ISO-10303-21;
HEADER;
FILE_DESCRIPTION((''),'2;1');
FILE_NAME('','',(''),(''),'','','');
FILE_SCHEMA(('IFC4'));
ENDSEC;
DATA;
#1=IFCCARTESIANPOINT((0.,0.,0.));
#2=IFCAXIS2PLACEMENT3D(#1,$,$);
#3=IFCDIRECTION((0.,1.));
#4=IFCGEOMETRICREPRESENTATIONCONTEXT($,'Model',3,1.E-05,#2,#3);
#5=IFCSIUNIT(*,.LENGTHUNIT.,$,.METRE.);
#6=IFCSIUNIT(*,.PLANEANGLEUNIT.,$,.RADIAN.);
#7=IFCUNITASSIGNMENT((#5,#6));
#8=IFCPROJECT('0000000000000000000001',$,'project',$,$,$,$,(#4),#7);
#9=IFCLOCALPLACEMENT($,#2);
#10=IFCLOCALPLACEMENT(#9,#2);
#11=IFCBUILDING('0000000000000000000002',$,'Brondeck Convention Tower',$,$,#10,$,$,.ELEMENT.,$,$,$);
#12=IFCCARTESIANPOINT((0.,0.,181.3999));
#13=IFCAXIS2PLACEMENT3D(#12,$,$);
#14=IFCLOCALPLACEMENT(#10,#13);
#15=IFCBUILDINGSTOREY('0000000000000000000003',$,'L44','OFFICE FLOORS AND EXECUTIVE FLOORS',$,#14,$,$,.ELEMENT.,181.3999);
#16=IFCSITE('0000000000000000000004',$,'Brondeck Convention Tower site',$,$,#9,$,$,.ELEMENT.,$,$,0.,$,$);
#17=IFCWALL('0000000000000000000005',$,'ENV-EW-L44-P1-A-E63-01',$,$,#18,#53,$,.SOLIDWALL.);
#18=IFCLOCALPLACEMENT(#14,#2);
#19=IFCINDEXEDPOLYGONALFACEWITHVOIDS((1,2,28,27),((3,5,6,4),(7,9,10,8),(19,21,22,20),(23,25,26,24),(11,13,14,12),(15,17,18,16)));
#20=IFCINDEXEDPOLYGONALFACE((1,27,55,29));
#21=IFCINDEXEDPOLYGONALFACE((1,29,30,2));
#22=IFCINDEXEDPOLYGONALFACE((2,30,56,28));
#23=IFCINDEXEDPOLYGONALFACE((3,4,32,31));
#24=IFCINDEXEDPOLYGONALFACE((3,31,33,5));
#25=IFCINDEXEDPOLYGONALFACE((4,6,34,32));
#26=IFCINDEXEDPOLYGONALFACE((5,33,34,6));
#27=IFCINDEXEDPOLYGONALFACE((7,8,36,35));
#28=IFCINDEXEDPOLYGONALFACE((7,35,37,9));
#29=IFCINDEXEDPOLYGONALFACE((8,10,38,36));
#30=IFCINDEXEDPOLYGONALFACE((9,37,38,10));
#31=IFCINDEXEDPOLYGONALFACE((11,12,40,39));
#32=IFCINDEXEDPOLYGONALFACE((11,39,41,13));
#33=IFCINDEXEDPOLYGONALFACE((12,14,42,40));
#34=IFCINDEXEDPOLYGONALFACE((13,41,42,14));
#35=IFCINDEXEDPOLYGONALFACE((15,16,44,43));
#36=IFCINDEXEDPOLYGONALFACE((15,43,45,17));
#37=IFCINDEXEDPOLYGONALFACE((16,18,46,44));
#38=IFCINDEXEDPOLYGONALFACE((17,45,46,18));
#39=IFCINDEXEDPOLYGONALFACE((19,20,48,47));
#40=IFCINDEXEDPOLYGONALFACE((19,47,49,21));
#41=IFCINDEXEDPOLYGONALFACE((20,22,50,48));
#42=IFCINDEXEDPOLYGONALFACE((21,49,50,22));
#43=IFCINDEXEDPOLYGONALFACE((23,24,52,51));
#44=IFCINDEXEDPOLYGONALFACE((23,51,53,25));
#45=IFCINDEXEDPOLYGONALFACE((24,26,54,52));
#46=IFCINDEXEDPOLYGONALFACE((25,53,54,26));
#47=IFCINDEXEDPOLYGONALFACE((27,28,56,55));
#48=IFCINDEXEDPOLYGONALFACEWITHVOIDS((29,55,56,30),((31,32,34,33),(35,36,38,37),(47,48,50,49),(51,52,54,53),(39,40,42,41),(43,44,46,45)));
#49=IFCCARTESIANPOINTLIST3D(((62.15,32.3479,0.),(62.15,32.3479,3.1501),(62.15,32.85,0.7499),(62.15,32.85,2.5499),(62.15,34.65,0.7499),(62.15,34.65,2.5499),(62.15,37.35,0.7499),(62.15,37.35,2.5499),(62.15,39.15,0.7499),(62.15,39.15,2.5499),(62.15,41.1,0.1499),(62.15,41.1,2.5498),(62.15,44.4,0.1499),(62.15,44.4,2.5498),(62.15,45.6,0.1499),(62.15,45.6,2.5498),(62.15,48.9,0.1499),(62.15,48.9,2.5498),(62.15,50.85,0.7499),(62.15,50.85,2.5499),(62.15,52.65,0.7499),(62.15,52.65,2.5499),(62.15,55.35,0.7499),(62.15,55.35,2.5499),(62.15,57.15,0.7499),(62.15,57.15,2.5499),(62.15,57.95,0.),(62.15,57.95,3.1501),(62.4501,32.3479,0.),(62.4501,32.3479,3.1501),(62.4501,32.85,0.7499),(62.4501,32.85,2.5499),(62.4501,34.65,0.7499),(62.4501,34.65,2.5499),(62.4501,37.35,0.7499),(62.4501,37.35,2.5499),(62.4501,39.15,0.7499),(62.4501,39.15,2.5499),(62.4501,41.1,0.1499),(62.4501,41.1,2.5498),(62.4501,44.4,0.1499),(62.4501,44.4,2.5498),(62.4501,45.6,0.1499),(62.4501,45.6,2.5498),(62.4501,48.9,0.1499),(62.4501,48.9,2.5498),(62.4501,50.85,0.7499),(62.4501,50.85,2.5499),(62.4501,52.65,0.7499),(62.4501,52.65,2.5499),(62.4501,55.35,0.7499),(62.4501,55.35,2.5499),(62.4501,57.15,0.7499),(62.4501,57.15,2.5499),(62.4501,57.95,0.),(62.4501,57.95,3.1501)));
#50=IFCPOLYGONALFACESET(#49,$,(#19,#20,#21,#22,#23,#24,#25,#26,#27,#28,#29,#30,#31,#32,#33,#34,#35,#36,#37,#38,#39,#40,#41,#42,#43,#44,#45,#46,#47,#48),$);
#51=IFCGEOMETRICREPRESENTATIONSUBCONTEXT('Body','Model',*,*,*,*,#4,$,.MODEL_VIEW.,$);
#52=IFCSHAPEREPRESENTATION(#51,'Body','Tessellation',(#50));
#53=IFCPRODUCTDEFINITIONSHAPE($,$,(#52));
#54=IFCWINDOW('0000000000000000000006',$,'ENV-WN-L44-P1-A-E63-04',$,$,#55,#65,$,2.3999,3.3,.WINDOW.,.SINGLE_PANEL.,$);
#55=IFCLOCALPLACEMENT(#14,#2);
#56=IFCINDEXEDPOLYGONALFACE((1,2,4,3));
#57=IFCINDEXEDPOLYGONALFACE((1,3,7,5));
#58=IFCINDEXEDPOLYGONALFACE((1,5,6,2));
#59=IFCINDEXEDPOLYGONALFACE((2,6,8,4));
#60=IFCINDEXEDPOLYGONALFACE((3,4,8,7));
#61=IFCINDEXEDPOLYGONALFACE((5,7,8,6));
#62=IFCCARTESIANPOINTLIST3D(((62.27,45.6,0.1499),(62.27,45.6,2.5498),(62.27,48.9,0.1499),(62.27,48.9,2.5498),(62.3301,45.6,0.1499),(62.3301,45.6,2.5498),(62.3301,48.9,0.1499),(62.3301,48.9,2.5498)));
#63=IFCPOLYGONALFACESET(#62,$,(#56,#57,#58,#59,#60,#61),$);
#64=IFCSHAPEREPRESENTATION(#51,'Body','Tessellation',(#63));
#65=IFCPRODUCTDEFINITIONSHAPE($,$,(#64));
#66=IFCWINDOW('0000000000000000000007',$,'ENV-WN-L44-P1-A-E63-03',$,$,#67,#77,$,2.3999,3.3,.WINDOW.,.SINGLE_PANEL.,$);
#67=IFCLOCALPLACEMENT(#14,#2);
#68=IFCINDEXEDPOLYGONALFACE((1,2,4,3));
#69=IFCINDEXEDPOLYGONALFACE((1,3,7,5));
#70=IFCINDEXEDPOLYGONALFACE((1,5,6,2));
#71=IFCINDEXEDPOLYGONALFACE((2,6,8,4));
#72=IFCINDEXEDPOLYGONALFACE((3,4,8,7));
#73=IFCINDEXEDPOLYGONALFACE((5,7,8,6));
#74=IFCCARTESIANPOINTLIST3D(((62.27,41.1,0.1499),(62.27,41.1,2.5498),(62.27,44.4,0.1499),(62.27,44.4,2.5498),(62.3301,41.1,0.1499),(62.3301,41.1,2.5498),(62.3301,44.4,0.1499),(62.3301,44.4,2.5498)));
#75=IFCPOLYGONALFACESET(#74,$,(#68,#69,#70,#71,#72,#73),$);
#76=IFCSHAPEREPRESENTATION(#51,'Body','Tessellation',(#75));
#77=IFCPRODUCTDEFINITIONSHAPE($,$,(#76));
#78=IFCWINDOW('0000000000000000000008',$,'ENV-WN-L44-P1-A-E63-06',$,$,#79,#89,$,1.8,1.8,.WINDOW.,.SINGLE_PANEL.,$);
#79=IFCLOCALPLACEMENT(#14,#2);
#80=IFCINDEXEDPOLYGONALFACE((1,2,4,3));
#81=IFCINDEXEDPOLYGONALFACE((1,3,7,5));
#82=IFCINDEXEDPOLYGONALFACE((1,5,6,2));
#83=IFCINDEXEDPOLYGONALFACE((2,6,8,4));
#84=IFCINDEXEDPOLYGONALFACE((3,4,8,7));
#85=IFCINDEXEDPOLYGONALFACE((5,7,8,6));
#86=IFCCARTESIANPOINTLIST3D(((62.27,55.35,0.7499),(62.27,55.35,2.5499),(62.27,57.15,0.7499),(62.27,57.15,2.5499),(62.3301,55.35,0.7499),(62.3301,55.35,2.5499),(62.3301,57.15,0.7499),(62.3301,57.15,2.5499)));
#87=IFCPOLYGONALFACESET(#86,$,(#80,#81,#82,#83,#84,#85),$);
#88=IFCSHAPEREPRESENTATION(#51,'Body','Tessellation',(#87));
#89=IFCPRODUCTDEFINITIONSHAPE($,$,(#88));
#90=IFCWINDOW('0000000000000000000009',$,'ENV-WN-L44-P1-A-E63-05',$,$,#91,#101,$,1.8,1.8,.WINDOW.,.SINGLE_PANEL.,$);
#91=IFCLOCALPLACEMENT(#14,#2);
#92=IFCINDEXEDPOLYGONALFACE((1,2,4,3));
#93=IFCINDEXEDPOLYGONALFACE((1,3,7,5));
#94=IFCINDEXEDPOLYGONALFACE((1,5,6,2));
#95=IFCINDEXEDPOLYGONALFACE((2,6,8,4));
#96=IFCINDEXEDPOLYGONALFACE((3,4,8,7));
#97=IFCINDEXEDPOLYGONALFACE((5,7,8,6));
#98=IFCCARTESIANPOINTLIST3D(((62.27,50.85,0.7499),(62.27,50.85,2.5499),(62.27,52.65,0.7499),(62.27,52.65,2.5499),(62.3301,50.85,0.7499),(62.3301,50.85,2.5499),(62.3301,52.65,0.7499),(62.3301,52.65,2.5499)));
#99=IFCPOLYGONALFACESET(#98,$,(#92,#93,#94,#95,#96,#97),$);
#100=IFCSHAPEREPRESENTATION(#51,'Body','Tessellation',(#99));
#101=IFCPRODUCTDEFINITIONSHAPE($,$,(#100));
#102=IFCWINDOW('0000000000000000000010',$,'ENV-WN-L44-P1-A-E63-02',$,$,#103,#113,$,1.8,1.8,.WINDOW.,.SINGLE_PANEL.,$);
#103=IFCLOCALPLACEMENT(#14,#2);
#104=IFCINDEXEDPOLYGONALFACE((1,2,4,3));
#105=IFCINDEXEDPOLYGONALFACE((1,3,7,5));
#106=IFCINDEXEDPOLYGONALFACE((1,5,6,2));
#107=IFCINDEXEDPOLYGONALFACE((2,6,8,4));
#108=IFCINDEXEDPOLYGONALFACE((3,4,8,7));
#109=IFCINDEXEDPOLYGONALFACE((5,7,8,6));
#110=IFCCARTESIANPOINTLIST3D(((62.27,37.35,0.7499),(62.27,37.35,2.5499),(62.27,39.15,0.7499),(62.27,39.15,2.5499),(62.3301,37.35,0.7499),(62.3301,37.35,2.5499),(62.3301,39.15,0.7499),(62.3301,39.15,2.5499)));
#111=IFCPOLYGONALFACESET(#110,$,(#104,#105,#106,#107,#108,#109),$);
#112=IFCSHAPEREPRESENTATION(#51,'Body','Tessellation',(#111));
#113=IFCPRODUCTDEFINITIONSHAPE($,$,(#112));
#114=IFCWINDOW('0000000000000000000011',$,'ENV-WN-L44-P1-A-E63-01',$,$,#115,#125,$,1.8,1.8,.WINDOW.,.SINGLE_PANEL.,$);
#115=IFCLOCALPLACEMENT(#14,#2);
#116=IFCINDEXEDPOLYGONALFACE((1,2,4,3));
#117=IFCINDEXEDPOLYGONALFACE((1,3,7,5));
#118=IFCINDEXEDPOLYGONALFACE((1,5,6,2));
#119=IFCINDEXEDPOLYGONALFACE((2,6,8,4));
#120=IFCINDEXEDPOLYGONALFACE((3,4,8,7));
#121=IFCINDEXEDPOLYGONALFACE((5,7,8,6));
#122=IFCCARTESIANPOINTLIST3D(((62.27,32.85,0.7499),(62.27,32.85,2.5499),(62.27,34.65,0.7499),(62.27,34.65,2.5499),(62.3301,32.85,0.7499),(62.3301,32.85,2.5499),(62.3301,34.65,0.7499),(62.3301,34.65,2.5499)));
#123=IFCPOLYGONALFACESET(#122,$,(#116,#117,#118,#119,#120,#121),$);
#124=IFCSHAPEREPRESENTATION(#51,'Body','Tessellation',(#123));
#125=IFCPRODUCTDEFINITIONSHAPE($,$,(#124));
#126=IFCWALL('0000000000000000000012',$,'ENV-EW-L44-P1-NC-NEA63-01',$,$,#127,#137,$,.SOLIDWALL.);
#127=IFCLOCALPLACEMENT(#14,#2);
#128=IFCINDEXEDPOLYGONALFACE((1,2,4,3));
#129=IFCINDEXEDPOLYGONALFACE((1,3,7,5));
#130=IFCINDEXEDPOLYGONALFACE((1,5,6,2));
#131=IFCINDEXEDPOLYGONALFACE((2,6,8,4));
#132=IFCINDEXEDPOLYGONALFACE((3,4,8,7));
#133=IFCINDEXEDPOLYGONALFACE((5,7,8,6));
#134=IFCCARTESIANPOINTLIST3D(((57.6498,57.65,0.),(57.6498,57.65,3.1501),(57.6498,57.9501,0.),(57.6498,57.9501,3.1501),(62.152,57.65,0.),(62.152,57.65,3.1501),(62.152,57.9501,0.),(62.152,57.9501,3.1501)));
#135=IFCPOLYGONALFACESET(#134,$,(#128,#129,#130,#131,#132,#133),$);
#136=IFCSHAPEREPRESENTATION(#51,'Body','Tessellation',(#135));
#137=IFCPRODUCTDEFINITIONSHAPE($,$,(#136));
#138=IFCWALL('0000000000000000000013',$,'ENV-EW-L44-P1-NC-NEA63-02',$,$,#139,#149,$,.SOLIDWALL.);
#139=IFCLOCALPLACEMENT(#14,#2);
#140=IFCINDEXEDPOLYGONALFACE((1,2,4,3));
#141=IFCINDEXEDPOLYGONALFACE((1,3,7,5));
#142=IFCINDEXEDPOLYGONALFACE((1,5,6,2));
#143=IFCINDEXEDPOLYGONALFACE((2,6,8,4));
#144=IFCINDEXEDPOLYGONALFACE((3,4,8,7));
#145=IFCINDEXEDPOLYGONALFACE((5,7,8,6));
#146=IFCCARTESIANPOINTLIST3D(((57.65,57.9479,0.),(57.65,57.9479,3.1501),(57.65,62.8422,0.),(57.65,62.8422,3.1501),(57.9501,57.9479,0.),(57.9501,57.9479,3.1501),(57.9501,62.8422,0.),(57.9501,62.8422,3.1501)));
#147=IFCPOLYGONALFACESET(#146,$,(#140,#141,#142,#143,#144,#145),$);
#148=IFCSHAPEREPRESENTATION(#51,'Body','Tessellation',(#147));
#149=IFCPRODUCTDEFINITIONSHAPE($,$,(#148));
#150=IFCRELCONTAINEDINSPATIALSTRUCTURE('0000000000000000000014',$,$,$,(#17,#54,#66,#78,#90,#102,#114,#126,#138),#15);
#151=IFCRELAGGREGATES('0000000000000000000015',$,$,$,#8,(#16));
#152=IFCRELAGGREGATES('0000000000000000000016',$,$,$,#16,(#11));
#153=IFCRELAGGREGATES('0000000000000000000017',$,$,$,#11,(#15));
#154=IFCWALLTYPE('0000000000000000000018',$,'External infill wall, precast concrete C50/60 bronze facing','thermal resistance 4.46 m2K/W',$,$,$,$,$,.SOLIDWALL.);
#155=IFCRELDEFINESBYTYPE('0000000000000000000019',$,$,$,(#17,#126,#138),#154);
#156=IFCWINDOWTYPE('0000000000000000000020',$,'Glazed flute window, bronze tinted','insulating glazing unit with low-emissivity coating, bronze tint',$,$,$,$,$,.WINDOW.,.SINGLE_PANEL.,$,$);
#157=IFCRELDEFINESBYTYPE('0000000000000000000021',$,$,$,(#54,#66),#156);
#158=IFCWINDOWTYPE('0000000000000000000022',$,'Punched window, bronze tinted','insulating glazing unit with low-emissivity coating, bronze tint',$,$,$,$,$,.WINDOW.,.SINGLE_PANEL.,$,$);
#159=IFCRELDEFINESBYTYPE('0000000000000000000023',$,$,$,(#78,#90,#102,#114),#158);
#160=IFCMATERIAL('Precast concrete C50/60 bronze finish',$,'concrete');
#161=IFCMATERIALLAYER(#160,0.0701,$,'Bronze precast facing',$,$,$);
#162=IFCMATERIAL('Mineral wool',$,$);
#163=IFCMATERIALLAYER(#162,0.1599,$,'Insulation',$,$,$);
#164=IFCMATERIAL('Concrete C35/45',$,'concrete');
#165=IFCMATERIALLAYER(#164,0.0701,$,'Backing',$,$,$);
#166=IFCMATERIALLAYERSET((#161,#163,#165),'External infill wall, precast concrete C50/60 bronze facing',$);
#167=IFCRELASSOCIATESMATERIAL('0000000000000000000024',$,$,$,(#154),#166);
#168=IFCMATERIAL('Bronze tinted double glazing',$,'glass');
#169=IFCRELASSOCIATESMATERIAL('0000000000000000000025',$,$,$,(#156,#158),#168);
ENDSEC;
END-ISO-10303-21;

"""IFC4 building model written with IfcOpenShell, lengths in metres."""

from ifc_helpers import new_model, si_unit, direction, frame, frame_2d, origin, place, context, subcontext, project, spatial, rectangle, extrude, material, layer, layer_set, type_object, element, fill, save


model = new_model("IFC4")

# Units and contexts
model_context = context("Model", 3, precision=1e-05, world=origin(), true_north=direction((0.0, 1.0)))
body_context = subcontext(model_context, "Body", "Model", "MODEL_VIEW")
ifc_project = project(units=[si_unit("LENGTHUNIT", "METRE"), si_unit("PLANEANGLEUNIT", "RADIAN")], contexts=[model_context])

# Site, building, storey
site_placement = place(None, origin())
site = spatial("IfcSite", under=ifc_project, at=site_placement, Name="Brondeck Convention Tower site", CompositionType="ELEMENT", RefElevation=0.0)
building_placement = place(site_placement, origin())
building = spatial("IfcBuilding", under=site, at=building_placement, Name="Brondeck Convention Tower", CompositionType="ELEMENT")
storey_placement = place(building_placement, frame((0.0, 0.0, 181.3999)))
storey = spatial("IfcBuildingStorey", under=building, at=storey_placement, Name="L44", Description="OFFICE FLOORS AND EXECUTIVE FLOORS", CompositionType="ELEMENT", Elevation=181.3999)

# Wall, openings, windows
ifc_material_1 = material(Name="Precast concrete C50/60 bronze finish", Category="concrete")
ifc_layer_1 = layer(ifc_material_1, 0.0701, Name="Bronze precast facing")
ifc_material_2 = material(Name="Mineral wool")
ifc_layer_2 = layer(ifc_material_2, 0.1599, Name="Insulation")
ifc_material_3 = material(Name="Concrete C35/45", Category="concrete")
ifc_layer_3 = layer(ifc_material_3, 0.0701, Name="Backing")
ifc_layer_set_1 = layer_set([ifc_layer_1, ifc_layer_2, ifc_layer_3], Name="External infill wall, precast concrete C50/60 bronze facing")
wall_type_1 = type_object("IfcWallType", Name="External infill wall, precast concrete C50/60 bronze facing", Description="thermal resistance 4.46 m2K/W", PredefinedType="SOLIDWALL", material=ifc_layer_set_1)
wall_1_placement = place(storey_placement, frame((62.3, 57.95, 0.0), z_axis=(0.0, 0.0, 1.0), x_axis=(0.0, -1.0, 0.0)))
wall_1 = element("IfcWall", 1, at=wall_1_placement, inside=storey, type_object=wall_type_1, Name="ENV-EW-L44-P1-A-E63-01", PredefinedType="SOLIDWALL", context=body_context, shape_type="SweptSolid", body=[
    extrude(rectangle(XDim=25.6021, YDim=0.3, at=frame_2d((12.801, 0.0))), origin(), (0.0, 0.0, 1.0), 3.1501),
])
opening_1_placement = place(wall_1_placement, frame((0.8, 0.0, 0.75)))
opening_1 = element("IfcOpeningElement", 2, at=opening_1_placement, cuts=wall_1, PredefinedType="OPENING", context=body_context, shape_type="SweptSolid", body=[
    extrude(rectangle(XDim=1.8, YDim=1.8, at=frame_2d((0.8999, 0.8999))), frame((0.0, 0.1599, 0.0), z_axis=(0.0, -1.0, 0.0), x_axis=(1.0, 0.0, 0.0)), (0.0, 0.0, 1.0), 0.3201),
])
opening_2_placement = place(wall_1_placement, frame((5.3, 0.0, 0.75)))
opening_2 = element("IfcOpeningElement", 3, at=opening_2_placement, cuts=wall_1, PredefinedType="OPENING", context=body_context, shape_type="SweptSolid", body=[
    extrude(rectangle(XDim=1.8, YDim=1.8, at=frame_2d((0.8999, 0.8999))), frame((0.0, 0.1599, 0.0), z_axis=(0.0, -1.0, 0.0), x_axis=(1.0, 0.0, 0.0)), (0.0, 0.0, 1.0), 0.3201),
])
opening_3_placement = place(wall_1_placement, frame((9.05, 0.0, 0.1499)))
opening_3 = element("IfcOpeningElement", 4, at=opening_3_placement, cuts=wall_1, PredefinedType="OPENING", context=body_context, shape_type="SweptSolid", body=[
    extrude(rectangle(XDim=3.3, YDim=2.3999, at=frame_2d((1.6499, 1.2))), frame((0.0, 0.1599, 0.0), z_axis=(0.0, -1.0, 0.0), x_axis=(1.0, 0.0, 0.0)), (0.0, 0.0, 1.0), 0.3201),
])
opening_4_placement = place(wall_1_placement, frame((13.55, 0.0, 0.1499)))
opening_4 = element("IfcOpeningElement", 5, at=opening_4_placement, cuts=wall_1, PredefinedType="OPENING", context=body_context, shape_type="SweptSolid", body=[
    extrude(rectangle(XDim=3.3, YDim=2.3999, at=frame_2d((1.6499, 1.2))), frame((0.0, 0.1599, 0.0), z_axis=(0.0, -1.0, 0.0), x_axis=(1.0, 0.0, 0.0)), (0.0, 0.0, 1.0), 0.3201),
])
opening_5_placement = place(wall_1_placement, frame((18.8, 0.0, 0.75)))
opening_5 = element("IfcOpeningElement", 6, at=opening_5_placement, cuts=wall_1, PredefinedType="OPENING", context=body_context, shape_type="SweptSolid", body=[
    extrude(rectangle(XDim=1.8, YDim=1.8, at=frame_2d((0.8999, 0.8999))), frame((0.0, 0.1599, 0.0), z_axis=(0.0, -1.0, 0.0), x_axis=(1.0, 0.0, 0.0)), (0.0, 0.0, 1.0), 0.3201),
])
opening_6_placement = place(wall_1_placement, frame((23.3, 0.0, 0.75)))
opening_6 = element("IfcOpeningElement", 7, at=opening_6_placement, cuts=wall_1, PredefinedType="OPENING", context=body_context, shape_type="SweptSolid", body=[
    extrude(rectangle(XDim=1.8, YDim=1.8, at=frame_2d((0.8999, 0.8999))), frame((0.0, 0.1599, 0.0), z_axis=(0.0, -1.0, 0.0), x_axis=(1.0, 0.0, 0.0)), (0.0, 0.0, 1.0), 0.3201),
])
ifc_material_4 = material(Name="Bronze tinted double glazing", Category="glass")
window_type_1 = type_object("IfcWindowType", Name="Glazed flute window, bronze tinted", Description="insulating glazing unit with low-emissivity coating, bronze tint", PartitioningType="SINGLE_PANEL", PredefinedType="WINDOW", material=ifc_material_4)
window_1_placement = place(opening_3_placement, origin())
window_1 = element("IfcWindow", 8, at=window_1_placement, inside=storey, type_object=window_type_1, Name="ENV-WN-L44-P1-A-E63-04", OverallHeight=2.3999, OverallWidth=3.3, PartitioningType="SINGLE_PANEL", PredefinedType="WINDOW", context=body_context, shape_type="SweptSolid", body=[
    extrude(rectangle(XDim=3.3, YDim=2.3999, at=frame_2d((1.6499, 1.2))), frame((0.0, 0.03, 0.0), z_axis=(0.0, -1.0, 0.0), x_axis=(1.0, 0.0, 0.0)), (0.0, 0.0, 1.0), 0.0601),
])
fill(opening_3, window_1)
window_2_placement = place(opening_4_placement, origin())
window_2 = element("IfcWindow", 9, at=window_2_placement, inside=storey, type_object=window_type_1, Name="ENV-WN-L44-P1-A-E63-03", OverallHeight=2.3999, OverallWidth=3.3, PartitioningType="SINGLE_PANEL", PredefinedType="WINDOW", context=body_context, shape_type="SweptSolid", body=[
    extrude(rectangle(XDim=3.3, YDim=2.3999, at=frame_2d((1.6499, 1.2))), frame((0.0, 0.03, 0.0), z_axis=(0.0, -1.0, 0.0), x_axis=(1.0, 0.0, 0.0)), (0.0, 0.0, 1.0), 0.0601),
])
fill(opening_4, window_2)
window_type_2 = type_object("IfcWindowType", Name="Punched window, bronze tinted", Description="insulating glazing unit with low-emissivity coating, bronze tint", PartitioningType="SINGLE_PANEL", PredefinedType="WINDOW", material=ifc_material_4)
window_3_placement = place(opening_1_placement, origin())
window_3 = element("IfcWindow", 10, at=window_3_placement, inside=storey, type_object=window_type_2, Name="ENV-WN-L44-P1-A-E63-06", OverallHeight=1.8, OverallWidth=1.8, PartitioningType="SINGLE_PANEL", PredefinedType="WINDOW", context=body_context, shape_type="SweptSolid", body=[
    extrude(rectangle(XDim=1.8, YDim=1.8, at=frame_2d((0.8999, 0.8999))), frame((0.0, 0.03, 0.0), z_axis=(0.0, -1.0, 0.0), x_axis=(1.0, 0.0, 0.0)), (0.0, 0.0, 1.0), 0.0601),
])
fill(opening_1, window_3)
window_4_placement = place(opening_2_placement, origin())
window_4 = element("IfcWindow", 11, at=window_4_placement, inside=storey, type_object=window_type_2, Name="ENV-WN-L44-P1-A-E63-05", OverallHeight=1.8, OverallWidth=1.8, PartitioningType="SINGLE_PANEL", PredefinedType="WINDOW", context=body_context, shape_type="SweptSolid", body=[
    extrude(rectangle(XDim=1.8, YDim=1.8, at=frame_2d((0.8999, 0.8999))), frame((0.0, 0.03, 0.0), z_axis=(0.0, -1.0, 0.0), x_axis=(1.0, 0.0, 0.0)), (0.0, 0.0, 1.0), 0.0601),
])
fill(opening_2, window_4)
window_5_placement = place(opening_5_placement, origin())
window_5 = element("IfcWindow", 12, at=window_5_placement, inside=storey, type_object=window_type_2, Name="ENV-WN-L44-P1-A-E63-02", OverallHeight=1.8, OverallWidth=1.8, PartitioningType="SINGLE_PANEL", PredefinedType="WINDOW", context=body_context, shape_type="SweptSolid", body=[
    extrude(rectangle(XDim=1.8, YDim=1.8, at=frame_2d((0.8999, 0.8999))), frame((0.0, 0.03, 0.0), z_axis=(0.0, -1.0, 0.0), x_axis=(1.0, 0.0, 0.0)), (0.0, 0.0, 1.0), 0.0601),
])
fill(opening_5, window_5)
window_6_placement = place(opening_6_placement, origin())
window_6 = element("IfcWindow", 13, at=window_6_placement, inside=storey, type_object=window_type_2, Name="ENV-WN-L44-P1-A-E63-01", OverallHeight=1.8, OverallWidth=1.8, PartitioningType="SINGLE_PANEL", PredefinedType="WINDOW", context=body_context, shape_type="SweptSolid", body=[
    extrude(rectangle(XDim=1.8, YDim=1.8, at=frame_2d((0.8999, 0.8999))), frame((0.0, 0.03, 0.0), z_axis=(0.0, -1.0, 0.0), x_axis=(1.0, 0.0, 0.0)), (0.0, 0.0, 1.0), 0.0601),
])
fill(opening_6, window_6)

# Walls
wall_2_placement = place(storey_placement, frame((57.6499, 57.8, 0.0), z_axis=(0.0, 0.0, 1.0), x_axis=(1.0, 0.0, 0.0)))
element("IfcWall", 14, at=wall_2_placement, inside=storey, type_object=wall_type_1, Name="ENV-EW-L44-P1-NC-NEA63-01", PredefinedType="SOLIDWALL", context=body_context, shape_type="SweptSolid", body=[
    extrude(rectangle(XDim=4.5022, YDim=0.3, at=frame_2d((2.251, 0.0))), origin(), (0.0, 0.0, 1.0), 3.1501),
])
wall_3_placement = place(storey_placement, frame((57.8, 62.8423, 0.0), z_axis=(0.0, 0.0, 1.0), x_axis=(0.0, -1.0, 0.0)))
element("IfcWall", 15, at=wall_3_placement, inside=storey, type_object=wall_type_1, Name="ENV-EW-L44-P1-NC-NEA63-02", PredefinedType="SOLIDWALL", context=body_context, shape_type="SweptSolid", body=[
    extrude(rectangle(XDim=4.8943, YDim=0.3, at=frame_2d((2.4473, 0.0))), origin(), (0.0, 0.0, 1.0), 3.1501),
])

save(model, "model.ifc")
